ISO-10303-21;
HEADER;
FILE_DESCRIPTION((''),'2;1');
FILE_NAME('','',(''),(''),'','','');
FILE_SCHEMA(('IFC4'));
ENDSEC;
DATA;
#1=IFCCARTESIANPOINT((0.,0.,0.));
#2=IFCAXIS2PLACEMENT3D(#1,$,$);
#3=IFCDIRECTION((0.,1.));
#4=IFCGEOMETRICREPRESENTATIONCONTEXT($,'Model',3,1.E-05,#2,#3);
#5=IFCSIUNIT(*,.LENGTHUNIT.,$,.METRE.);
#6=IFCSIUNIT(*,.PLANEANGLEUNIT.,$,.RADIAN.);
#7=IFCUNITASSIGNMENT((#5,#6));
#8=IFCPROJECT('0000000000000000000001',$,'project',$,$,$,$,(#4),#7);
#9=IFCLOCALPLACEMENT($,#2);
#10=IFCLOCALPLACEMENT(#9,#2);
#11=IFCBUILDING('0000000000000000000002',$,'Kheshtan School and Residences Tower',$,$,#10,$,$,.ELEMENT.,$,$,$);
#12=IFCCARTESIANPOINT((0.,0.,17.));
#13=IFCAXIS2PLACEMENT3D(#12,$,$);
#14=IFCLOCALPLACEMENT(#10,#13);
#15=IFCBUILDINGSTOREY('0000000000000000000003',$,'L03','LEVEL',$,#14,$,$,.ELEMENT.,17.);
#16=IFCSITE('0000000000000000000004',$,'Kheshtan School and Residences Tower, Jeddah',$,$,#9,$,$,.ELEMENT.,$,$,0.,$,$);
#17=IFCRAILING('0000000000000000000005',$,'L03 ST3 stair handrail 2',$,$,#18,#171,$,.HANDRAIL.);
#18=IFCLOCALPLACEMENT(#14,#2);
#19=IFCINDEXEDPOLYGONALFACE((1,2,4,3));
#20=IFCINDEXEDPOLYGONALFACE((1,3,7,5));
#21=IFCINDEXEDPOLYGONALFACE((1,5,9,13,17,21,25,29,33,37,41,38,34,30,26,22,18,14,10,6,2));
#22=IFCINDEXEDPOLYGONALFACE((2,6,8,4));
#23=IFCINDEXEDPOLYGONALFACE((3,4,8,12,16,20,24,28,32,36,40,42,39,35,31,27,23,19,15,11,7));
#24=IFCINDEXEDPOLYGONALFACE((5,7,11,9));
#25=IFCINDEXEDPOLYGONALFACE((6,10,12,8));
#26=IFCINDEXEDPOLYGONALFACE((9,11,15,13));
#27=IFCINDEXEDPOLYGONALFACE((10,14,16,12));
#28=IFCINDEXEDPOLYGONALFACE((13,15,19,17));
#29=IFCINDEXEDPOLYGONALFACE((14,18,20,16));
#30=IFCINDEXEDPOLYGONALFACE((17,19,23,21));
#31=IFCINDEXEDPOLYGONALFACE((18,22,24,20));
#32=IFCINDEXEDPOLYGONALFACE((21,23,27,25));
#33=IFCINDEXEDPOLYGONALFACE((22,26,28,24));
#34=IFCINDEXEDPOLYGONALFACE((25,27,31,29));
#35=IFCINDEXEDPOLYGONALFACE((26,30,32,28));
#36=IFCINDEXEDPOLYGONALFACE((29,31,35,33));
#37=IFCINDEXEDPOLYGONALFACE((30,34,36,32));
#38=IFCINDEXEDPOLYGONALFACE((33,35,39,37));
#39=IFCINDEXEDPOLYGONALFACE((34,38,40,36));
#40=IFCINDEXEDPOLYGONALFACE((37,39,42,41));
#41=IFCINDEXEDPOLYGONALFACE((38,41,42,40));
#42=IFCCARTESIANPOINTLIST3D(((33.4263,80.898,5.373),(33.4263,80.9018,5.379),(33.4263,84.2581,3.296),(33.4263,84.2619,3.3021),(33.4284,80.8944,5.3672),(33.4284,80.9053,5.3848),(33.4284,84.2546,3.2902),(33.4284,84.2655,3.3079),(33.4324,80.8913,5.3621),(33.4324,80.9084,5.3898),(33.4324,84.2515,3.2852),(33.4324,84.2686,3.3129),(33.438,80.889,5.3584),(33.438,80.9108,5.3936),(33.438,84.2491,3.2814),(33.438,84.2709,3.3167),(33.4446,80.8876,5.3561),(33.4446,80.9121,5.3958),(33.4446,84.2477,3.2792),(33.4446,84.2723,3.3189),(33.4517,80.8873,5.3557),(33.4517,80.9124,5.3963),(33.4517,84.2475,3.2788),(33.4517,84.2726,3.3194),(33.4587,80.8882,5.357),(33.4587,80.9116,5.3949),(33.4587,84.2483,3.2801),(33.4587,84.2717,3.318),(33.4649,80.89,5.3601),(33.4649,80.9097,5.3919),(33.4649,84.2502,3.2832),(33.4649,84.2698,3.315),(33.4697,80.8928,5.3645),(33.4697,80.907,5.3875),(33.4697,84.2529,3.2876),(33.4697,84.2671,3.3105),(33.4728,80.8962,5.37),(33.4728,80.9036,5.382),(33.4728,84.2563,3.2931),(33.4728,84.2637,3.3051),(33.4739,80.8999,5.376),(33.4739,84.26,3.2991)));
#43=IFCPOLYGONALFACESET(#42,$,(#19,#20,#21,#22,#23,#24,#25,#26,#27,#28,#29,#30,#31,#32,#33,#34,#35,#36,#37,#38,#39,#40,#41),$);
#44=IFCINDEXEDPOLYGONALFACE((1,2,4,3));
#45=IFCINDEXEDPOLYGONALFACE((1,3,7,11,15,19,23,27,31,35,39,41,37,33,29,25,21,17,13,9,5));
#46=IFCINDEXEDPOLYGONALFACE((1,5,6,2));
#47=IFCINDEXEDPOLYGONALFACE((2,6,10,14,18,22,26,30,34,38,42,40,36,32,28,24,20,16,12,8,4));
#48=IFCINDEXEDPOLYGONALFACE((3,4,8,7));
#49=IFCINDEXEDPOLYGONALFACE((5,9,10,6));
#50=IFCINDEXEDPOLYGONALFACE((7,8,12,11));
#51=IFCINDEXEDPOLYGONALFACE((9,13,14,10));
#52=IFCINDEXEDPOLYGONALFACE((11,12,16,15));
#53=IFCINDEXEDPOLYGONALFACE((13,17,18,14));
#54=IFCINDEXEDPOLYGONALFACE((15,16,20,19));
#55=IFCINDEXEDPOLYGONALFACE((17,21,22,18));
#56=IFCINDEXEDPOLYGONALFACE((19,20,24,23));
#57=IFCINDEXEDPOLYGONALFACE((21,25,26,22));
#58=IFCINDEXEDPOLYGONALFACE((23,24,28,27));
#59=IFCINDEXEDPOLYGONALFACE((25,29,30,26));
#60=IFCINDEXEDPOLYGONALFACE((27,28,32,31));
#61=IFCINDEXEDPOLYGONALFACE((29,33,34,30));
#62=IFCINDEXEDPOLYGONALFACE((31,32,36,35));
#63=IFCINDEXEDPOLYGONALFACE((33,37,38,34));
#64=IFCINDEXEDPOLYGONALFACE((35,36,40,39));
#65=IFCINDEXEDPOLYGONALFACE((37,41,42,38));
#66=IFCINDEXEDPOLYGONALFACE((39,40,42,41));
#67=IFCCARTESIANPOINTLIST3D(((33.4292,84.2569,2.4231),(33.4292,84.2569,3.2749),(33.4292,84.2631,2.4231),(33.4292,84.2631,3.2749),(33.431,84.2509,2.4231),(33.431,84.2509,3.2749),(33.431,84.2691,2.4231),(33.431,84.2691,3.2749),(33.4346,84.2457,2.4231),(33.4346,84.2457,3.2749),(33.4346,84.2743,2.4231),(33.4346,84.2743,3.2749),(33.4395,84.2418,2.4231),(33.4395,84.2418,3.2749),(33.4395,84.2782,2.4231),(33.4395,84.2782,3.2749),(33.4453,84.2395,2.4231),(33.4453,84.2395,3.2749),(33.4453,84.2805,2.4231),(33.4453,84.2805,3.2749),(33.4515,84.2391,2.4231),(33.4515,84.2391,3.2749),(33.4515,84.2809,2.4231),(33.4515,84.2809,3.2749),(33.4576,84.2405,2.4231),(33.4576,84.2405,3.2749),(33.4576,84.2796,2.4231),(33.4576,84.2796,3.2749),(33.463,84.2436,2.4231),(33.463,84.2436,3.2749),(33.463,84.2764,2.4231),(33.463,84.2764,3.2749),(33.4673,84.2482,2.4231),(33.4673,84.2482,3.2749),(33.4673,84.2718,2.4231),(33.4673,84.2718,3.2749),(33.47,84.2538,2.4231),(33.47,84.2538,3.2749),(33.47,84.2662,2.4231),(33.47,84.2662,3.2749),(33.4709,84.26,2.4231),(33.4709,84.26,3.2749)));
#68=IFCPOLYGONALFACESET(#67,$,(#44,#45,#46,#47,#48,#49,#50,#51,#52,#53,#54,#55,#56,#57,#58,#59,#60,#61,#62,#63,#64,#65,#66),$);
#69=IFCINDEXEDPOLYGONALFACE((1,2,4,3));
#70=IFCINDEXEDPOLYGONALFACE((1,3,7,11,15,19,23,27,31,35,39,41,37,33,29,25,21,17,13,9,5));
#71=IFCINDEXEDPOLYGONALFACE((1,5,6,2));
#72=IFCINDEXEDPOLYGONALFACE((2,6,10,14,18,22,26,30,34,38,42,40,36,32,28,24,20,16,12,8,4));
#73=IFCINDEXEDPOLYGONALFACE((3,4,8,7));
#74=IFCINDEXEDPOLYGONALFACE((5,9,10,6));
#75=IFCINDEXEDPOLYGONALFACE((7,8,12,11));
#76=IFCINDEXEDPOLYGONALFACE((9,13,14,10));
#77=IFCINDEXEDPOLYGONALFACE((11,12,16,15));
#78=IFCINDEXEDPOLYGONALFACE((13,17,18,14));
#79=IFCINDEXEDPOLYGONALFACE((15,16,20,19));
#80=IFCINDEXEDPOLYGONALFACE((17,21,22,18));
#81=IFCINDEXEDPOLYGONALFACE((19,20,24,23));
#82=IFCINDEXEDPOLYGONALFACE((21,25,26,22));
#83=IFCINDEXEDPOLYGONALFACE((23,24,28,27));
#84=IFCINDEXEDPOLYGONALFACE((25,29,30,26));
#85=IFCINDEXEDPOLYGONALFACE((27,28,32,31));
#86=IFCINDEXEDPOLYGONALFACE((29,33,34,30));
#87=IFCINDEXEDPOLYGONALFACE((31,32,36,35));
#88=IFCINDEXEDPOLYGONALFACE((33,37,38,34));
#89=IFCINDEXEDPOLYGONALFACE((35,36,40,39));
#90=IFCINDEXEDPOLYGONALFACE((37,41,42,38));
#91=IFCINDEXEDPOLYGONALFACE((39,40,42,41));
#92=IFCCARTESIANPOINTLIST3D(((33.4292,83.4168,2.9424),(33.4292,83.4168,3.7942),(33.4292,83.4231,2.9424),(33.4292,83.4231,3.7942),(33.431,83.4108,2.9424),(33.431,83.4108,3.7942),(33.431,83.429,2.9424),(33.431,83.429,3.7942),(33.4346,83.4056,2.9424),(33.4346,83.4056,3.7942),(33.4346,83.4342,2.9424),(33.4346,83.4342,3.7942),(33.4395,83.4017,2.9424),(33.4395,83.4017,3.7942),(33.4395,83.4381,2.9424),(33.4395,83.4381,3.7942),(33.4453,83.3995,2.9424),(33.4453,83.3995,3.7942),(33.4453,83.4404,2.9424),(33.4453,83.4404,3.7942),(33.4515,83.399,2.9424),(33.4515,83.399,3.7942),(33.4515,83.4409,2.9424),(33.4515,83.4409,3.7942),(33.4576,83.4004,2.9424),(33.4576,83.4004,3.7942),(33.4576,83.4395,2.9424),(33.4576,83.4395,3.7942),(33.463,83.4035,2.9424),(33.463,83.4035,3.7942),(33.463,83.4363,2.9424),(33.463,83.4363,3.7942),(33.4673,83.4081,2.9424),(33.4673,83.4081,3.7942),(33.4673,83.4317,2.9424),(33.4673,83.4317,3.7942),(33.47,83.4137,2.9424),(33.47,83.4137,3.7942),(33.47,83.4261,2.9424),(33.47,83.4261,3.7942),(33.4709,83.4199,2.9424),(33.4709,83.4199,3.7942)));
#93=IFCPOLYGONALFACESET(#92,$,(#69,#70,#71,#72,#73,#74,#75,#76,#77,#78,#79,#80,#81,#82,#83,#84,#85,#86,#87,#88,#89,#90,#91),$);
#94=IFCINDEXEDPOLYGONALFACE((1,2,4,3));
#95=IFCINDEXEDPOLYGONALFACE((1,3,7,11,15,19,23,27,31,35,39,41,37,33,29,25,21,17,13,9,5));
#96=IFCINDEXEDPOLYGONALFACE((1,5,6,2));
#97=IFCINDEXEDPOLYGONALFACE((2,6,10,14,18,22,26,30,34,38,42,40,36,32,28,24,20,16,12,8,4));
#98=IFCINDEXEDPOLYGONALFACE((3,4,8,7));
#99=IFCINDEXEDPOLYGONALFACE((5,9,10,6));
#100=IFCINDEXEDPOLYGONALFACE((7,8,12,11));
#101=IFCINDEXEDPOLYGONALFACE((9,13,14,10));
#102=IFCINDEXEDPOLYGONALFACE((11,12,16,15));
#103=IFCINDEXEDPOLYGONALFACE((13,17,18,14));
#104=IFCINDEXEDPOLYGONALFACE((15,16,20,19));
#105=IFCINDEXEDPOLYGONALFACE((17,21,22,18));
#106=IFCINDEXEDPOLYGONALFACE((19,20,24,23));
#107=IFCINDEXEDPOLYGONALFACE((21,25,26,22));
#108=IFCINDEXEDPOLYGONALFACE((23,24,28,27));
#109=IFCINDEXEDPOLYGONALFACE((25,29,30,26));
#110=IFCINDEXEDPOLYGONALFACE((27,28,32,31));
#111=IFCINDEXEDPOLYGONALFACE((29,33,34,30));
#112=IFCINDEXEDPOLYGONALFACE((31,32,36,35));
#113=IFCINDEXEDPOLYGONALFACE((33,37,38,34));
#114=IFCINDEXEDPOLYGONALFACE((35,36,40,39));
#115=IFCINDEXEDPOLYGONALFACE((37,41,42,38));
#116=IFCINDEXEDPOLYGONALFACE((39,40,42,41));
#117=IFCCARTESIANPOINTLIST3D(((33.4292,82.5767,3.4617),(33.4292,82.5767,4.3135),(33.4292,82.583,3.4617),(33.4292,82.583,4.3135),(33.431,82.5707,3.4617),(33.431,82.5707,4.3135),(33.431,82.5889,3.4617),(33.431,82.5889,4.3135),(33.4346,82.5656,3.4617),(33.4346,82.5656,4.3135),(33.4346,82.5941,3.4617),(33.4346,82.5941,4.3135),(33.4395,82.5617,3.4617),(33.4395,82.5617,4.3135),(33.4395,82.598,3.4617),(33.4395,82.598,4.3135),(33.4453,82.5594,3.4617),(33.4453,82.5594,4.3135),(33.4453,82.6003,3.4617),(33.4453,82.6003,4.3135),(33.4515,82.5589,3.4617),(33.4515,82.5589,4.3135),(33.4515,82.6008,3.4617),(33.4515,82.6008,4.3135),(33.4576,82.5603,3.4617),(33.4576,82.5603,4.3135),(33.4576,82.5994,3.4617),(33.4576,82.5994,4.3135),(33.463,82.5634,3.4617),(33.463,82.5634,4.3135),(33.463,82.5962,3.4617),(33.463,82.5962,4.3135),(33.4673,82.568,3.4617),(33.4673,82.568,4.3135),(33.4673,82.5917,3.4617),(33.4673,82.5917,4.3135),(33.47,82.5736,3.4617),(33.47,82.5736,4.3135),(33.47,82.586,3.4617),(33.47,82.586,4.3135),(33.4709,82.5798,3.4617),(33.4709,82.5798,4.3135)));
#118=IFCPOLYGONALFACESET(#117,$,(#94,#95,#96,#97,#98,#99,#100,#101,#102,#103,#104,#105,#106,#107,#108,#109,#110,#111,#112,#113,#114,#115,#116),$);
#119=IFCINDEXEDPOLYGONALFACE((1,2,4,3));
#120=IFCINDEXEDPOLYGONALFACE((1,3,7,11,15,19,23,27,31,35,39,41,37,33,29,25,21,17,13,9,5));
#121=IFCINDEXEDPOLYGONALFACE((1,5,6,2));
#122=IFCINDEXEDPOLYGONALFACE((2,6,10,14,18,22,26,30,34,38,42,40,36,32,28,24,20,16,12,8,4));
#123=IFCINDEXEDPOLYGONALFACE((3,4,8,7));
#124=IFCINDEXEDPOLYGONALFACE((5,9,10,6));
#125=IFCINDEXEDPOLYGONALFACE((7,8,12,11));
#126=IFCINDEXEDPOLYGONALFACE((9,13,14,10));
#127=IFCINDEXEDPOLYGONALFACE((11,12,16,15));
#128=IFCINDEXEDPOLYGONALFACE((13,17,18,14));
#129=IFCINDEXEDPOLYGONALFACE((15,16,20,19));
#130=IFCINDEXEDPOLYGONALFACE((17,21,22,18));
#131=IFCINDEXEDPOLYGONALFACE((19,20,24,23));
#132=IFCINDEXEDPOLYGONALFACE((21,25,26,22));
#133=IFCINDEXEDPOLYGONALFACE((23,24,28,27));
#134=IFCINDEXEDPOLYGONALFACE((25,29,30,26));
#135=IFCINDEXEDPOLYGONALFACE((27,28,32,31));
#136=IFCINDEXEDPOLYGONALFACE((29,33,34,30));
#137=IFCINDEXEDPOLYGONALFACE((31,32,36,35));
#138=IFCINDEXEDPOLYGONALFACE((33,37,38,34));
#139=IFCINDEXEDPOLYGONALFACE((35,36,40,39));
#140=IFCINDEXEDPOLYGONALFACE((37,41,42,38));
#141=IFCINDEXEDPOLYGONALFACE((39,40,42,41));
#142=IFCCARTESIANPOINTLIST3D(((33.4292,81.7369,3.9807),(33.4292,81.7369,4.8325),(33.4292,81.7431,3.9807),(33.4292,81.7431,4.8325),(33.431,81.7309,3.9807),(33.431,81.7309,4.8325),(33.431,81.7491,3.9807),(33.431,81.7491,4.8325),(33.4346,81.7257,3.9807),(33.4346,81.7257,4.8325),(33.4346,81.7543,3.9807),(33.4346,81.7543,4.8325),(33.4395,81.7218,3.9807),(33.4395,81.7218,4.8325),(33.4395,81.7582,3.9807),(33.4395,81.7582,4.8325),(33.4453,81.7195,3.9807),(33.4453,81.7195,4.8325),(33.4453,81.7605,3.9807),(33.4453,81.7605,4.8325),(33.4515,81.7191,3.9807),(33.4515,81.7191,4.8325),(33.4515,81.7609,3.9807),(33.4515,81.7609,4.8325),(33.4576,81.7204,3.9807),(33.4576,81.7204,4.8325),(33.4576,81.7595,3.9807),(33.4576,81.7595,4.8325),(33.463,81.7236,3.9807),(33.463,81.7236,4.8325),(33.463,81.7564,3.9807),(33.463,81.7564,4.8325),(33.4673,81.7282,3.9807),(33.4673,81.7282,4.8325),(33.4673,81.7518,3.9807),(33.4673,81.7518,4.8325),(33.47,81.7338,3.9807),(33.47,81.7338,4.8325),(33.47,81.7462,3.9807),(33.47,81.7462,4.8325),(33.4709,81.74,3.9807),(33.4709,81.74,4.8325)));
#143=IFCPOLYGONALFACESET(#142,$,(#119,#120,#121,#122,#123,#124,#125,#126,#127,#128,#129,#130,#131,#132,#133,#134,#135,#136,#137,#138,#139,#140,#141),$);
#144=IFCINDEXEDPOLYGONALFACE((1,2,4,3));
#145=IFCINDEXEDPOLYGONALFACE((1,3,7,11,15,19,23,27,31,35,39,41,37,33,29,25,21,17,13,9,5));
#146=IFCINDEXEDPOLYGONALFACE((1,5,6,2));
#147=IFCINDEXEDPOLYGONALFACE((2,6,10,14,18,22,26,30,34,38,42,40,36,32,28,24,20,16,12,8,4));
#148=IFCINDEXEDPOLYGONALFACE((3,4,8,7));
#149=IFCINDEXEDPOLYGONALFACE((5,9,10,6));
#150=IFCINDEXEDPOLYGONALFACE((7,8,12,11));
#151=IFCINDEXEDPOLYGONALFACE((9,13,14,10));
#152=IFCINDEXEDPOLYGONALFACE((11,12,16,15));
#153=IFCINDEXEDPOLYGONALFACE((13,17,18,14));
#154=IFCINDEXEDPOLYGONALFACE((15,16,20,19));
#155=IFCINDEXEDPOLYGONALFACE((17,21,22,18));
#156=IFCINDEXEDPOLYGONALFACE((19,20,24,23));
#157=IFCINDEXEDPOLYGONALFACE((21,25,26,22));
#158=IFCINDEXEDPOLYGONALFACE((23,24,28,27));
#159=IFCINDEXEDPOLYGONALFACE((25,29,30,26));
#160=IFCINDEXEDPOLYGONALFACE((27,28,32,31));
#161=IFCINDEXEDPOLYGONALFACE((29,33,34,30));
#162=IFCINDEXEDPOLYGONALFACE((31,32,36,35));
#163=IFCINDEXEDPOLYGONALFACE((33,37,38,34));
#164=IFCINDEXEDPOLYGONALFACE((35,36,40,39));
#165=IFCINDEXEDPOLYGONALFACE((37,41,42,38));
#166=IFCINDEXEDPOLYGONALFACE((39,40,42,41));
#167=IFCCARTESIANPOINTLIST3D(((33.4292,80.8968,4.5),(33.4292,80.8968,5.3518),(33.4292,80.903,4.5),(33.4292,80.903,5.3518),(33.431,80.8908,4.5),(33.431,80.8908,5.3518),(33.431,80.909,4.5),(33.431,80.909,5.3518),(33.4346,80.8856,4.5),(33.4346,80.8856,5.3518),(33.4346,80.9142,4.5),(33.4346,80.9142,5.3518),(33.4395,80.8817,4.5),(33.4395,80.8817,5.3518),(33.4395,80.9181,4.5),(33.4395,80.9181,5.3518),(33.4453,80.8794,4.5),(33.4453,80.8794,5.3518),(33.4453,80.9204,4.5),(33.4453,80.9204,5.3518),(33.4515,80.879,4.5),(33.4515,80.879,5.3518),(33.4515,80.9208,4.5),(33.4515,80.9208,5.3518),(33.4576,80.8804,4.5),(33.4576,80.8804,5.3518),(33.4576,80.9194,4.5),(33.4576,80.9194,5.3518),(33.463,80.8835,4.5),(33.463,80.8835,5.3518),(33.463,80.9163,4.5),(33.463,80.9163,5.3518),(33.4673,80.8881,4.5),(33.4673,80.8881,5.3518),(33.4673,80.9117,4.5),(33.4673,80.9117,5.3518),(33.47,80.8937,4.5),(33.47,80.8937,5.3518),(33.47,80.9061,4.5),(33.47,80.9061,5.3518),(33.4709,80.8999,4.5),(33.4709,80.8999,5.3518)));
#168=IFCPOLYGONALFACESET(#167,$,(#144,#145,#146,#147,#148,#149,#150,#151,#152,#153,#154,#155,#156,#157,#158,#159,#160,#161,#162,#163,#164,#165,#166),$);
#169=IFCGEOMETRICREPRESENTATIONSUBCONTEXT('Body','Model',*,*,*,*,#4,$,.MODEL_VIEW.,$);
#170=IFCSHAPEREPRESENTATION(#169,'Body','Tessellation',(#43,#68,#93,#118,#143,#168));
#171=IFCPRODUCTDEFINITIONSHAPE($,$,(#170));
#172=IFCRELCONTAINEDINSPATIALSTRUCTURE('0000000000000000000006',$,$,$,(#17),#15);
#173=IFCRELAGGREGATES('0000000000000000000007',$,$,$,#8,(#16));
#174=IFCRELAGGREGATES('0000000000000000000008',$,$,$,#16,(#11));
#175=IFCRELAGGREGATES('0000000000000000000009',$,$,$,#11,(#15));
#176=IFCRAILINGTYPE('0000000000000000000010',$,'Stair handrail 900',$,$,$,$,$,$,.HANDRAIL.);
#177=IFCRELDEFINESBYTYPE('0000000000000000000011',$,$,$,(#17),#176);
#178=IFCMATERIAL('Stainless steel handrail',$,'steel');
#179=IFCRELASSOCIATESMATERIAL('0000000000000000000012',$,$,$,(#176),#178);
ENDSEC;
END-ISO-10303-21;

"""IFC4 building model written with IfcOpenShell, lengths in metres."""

from ifc_helpers import new_model, si_unit, direction, frame, origin, origin_2d, place, context, subcontext, project, spatial, circle, extrude, material, type_object, element, save


model = new_model("IFC4")

# Units and contexts
model_context = context("Model", 3, precision=1e-05, world=origin(), true_north=direction((0.0, 1.0)))
body_context = subcontext(model_context, "Body", "Model", "MODEL_VIEW")
ifc_project = project(units=[si_unit("LENGTHUNIT", "METRE"), si_unit("PLANEANGLEUNIT", "RADIAN")], contexts=[model_context])

# Site, building, storey
site_placement = place(None, origin())
site = spatial("IfcSite", under=ifc_project, at=site_placement, Name="Kheshtan School and Residences Tower, Jeddah", CompositionType="ELEMENT", RefElevation=0.0)
building_placement = place(site_placement, origin())
building = spatial("IfcBuilding", under=site, at=building_placement, Name="Kheshtan School and Residences Tower", CompositionType="ELEMENT")
storey_placement = place(building_placement, frame((0.0, 0.0, 17.0)))
storey = spatial("IfcBuildingStorey", under=building, at=storey_placement, Name="L03", Description="LEVEL", CompositionType="ELEMENT", Elevation=17.0)

# Railing
ifc_material_1 = material(Name="Stainless steel handrail", Category="steel")
railing_type = type_object("IfcRailingType", Name="Stair handrail 900", PredefinedType="HANDRAIL", material=ifc_material_1)
railing_placement = place(storey_placement, frame((33.45, 84.26, 2.4231)))
element("IfcRailing", 1, at=railing_placement, inside=storey, type_object=railing_type, Name="L03 ST3 stair handrail 2", PredefinedType="HANDRAIL", context=body_context, shape_type="SweptSolid", body=[
    extrude(circle(Radius=0.0239, at=origin_2d()), frame((0.0, 0.0, 0.876), z_axis=(0.0, -0.850623, 0.525776), x_axis=(1.0, 0.0, 0.0)), (0.0, 0.0, 1.0), 3.9502),
    extrude(circle(Radius=0.021, at=origin_2d()), origin(), (0.0, 0.0, 1.0), 0.8518),
    extrude(circle(Radius=0.021, at=origin_2d()), frame((0.0, -0.8401, 0.5193)), (0.0, 0.0, 1.0), 0.8518),
    extrude(circle(Radius=0.021, at=origin_2d()), frame((0.0, -1.6802, 1.0386)), (0.0, 0.0, 1.0), 0.8518),
    extrude(circle(Radius=0.021, at=origin_2d()), frame((0.0, -2.52, 1.5576)), (0.0, 0.0, 1.0), 0.8518),
    extrude(circle(Radius=0.021, at=origin_2d()), frame((0.0, -3.3601, 2.0769)), (0.0, 0.0, 1.0), 0.8518),
])

save(model, "model.ifc")
